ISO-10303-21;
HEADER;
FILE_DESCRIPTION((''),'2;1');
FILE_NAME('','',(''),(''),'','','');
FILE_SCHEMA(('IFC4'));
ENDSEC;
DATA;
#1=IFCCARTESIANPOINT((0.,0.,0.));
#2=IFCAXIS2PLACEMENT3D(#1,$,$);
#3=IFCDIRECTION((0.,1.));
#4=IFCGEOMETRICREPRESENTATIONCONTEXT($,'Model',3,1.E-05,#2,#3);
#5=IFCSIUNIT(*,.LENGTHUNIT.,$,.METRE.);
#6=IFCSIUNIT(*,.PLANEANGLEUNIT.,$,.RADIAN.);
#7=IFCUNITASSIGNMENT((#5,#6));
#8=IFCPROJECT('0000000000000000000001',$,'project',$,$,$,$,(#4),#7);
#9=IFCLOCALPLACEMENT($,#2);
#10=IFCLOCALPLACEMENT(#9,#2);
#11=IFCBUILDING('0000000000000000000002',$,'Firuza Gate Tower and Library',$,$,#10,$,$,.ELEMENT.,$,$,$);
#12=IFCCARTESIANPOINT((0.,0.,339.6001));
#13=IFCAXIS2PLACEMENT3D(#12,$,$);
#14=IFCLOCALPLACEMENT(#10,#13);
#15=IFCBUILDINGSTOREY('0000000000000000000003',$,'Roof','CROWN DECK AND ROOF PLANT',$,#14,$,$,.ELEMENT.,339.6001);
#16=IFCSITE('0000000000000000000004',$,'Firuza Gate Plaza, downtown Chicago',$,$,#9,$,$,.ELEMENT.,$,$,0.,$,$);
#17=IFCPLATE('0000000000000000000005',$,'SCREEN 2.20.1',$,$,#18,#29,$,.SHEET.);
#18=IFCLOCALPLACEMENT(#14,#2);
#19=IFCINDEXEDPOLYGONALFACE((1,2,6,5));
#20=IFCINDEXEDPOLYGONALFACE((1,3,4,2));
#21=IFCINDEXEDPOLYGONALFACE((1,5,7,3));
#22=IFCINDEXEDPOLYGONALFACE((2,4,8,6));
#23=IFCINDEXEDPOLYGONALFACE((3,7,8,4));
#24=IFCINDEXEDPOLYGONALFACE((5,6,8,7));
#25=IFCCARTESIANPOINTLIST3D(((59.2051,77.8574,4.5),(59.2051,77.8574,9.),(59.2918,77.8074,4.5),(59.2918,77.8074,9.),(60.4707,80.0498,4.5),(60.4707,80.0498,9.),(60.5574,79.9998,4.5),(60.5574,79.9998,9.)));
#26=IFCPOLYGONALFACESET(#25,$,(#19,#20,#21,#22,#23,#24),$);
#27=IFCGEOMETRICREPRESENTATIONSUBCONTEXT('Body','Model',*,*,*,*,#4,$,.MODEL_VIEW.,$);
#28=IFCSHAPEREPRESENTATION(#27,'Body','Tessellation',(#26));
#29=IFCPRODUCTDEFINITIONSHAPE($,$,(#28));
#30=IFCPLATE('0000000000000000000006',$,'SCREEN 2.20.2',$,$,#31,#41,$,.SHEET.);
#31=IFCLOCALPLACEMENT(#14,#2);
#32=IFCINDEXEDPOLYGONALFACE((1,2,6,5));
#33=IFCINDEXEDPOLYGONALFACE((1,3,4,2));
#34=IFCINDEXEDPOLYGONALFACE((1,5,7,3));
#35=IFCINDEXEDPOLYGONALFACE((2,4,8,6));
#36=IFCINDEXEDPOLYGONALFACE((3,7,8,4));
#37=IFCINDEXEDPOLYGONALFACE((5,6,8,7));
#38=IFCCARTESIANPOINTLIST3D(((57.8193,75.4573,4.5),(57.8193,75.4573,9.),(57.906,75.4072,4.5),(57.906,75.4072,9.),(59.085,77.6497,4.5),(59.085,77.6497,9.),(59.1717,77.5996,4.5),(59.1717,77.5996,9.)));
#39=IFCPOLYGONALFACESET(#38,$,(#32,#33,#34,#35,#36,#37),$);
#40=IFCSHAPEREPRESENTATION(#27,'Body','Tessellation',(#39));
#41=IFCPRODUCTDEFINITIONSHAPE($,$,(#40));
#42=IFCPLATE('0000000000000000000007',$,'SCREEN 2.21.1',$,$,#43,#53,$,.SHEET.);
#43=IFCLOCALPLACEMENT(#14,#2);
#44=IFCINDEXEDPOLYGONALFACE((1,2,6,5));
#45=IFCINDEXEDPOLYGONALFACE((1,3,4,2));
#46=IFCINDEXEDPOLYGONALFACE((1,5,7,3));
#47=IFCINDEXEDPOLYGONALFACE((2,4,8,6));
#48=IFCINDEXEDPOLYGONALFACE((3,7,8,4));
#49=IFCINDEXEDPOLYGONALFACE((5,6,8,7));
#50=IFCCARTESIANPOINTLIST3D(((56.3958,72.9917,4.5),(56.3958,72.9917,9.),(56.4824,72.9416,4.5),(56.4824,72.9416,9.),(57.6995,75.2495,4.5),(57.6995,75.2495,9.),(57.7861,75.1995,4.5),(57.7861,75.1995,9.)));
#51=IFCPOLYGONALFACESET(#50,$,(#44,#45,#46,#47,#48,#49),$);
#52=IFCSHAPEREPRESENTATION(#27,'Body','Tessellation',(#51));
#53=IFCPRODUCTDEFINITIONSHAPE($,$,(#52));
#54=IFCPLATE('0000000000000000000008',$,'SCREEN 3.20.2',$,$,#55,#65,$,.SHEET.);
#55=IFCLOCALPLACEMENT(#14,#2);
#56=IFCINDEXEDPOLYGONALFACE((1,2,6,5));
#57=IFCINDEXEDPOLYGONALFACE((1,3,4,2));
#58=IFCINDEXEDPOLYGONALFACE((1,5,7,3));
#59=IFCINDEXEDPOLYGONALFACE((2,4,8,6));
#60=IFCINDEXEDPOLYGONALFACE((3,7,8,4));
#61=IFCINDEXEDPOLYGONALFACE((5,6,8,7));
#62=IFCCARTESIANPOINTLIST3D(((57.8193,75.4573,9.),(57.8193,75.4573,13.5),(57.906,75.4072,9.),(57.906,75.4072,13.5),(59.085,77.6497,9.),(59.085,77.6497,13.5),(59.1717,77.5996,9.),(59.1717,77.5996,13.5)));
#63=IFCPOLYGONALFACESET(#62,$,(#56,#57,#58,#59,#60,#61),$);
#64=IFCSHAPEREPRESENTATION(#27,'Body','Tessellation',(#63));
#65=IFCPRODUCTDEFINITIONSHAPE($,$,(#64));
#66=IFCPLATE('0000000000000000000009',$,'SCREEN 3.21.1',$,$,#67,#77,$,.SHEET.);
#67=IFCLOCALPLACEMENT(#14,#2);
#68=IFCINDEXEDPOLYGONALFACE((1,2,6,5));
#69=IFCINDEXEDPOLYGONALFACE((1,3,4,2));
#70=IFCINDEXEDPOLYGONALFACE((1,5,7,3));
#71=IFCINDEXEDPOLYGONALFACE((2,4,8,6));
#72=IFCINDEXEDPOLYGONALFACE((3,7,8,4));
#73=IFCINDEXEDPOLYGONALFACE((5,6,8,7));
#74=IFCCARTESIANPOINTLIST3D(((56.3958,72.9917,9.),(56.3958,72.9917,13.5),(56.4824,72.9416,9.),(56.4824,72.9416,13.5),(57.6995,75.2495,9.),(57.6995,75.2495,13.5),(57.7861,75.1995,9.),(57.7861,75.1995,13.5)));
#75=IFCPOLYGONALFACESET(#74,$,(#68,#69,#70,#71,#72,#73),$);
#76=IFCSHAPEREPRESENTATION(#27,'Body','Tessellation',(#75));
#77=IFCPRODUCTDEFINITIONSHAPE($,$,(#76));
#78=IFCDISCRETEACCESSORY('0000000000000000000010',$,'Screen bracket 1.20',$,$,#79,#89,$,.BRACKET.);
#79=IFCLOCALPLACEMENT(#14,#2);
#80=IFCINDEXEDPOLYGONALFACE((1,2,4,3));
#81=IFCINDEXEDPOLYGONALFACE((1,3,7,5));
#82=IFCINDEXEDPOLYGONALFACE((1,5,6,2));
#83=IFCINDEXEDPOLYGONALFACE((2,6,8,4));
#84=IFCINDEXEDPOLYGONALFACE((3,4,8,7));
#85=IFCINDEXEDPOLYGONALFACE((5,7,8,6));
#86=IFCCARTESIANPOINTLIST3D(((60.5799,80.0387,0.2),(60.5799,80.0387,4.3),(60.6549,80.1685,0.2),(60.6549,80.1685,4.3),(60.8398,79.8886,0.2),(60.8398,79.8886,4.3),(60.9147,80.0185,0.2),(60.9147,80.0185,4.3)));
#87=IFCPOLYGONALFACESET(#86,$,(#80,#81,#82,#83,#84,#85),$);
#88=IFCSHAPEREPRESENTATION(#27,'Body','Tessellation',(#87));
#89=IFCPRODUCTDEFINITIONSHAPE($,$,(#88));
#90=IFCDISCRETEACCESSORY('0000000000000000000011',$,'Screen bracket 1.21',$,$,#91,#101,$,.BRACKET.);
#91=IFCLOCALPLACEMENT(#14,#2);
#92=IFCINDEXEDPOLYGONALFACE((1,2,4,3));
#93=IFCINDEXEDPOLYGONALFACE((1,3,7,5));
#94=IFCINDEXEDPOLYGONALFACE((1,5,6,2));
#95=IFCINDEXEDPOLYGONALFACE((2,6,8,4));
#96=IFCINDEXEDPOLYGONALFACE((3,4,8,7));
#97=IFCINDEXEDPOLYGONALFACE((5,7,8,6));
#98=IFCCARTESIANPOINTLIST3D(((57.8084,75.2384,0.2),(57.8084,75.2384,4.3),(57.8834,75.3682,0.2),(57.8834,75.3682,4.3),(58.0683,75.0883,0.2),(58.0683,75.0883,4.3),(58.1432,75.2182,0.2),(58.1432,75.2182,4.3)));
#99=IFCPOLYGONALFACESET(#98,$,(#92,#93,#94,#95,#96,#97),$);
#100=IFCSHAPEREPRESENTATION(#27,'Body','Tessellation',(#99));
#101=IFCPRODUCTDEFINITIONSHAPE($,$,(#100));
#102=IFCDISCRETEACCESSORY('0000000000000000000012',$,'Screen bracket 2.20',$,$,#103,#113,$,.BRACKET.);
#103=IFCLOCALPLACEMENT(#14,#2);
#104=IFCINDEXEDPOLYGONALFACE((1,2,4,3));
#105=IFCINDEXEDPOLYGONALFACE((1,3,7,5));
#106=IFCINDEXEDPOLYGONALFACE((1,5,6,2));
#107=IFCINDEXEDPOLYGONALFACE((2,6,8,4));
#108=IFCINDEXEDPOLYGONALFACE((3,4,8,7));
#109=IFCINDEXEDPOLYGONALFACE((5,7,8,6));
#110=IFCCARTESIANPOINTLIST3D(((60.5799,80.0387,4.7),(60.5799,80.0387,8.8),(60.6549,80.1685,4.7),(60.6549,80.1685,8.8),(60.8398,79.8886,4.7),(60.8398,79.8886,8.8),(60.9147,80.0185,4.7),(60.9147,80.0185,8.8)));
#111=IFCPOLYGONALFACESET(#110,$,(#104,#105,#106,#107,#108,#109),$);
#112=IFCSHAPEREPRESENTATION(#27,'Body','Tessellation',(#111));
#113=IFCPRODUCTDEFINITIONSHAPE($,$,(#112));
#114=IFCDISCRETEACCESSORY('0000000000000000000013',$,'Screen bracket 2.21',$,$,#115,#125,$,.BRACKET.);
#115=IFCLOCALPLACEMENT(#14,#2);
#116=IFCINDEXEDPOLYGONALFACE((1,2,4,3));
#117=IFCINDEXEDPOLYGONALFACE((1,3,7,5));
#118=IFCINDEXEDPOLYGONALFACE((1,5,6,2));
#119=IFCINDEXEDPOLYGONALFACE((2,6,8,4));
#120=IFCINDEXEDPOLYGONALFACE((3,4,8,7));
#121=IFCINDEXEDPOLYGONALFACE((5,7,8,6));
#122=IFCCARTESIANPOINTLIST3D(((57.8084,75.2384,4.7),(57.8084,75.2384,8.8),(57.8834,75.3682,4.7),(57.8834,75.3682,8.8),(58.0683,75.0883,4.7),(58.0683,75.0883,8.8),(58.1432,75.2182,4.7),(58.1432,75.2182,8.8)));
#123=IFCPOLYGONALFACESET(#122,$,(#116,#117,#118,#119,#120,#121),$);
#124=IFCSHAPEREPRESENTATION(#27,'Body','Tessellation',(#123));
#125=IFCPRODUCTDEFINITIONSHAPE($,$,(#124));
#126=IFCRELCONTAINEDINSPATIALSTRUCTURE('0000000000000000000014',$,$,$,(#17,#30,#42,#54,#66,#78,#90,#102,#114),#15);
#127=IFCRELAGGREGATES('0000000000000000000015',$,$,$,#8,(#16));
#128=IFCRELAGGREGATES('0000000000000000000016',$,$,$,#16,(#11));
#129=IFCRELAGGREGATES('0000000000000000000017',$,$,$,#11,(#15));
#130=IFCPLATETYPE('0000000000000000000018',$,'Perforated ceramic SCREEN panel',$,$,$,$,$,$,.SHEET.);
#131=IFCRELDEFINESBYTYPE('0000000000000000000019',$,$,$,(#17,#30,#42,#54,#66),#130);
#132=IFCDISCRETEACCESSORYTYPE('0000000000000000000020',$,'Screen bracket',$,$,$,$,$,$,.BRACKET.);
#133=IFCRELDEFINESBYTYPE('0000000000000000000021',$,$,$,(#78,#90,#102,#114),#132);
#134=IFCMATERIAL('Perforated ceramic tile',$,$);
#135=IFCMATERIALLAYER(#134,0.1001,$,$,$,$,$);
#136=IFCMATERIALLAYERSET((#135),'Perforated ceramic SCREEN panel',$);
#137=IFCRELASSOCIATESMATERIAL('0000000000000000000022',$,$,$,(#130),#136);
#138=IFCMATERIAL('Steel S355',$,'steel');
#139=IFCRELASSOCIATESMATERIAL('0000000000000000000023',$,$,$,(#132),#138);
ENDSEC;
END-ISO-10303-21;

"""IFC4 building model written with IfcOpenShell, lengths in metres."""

from ifc_helpers import new_model, si_unit, direction, frame, origin, origin_2d, place, context, subcontext, project, spatial, polyline, rectangle, outline, extrude, material, layer, layer_set, type_object, element, save


model = new_model("IFC4")

# Units and contexts
model_context = context("Model", 3, precision=1e-05, world=origin(), true_north=direction((0.0, 1.0)))
body_context = subcontext(model_context, "Body", "Model", "MODEL_VIEW")
ifc_project = project(units=[si_unit("LENGTHUNIT", "METRE"), si_unit("PLANEANGLEUNIT", "RADIAN")], contexts=[model_context])

# Site, building, storey
site_placement = place(None, origin())
site = spatial("IfcSite", under=ifc_project, at=site_placement, Name="Firuza Gate Plaza, downtown Chicago", CompositionType="ELEMENT", RefElevation=0.0)
building_placement = place(site_placement, origin())
building = spatial("IfcBuilding", under=site, at=building_placement, Name="Firuza Gate Tower and Library", CompositionType="ELEMENT")
storey_placement = place(building_placement, frame((0.0, 0.0, 339.6001)))
storey = spatial("IfcBuildingStorey", under=building, at=storey_placement, Name="Roof", Description="CROWN DECK AND ROOF PLANT", CompositionType="ELEMENT", Elevation=339.6001)

# Plates
ifc_material_1 = material(Name="Perforated ceramic tile")
ifc_layer = layer(ifc_material_1, 0.1001)
ifc_layer_set = layer_set([ifc_layer], Name="Perforated ceramic SCREEN panel")
plate_type = type_object("IfcPlateType", Name="Perforated ceramic SCREEN panel", PredefinedType="SHEET", material=ifc_layer_set)
for number, where, z_axis, x_axis, name in (
    (1, (60.4707, 80.0498, 4.5), (-0.866051, 0.499956, 0.0), (-0.499956, -0.866051, 0.0), "SCREEN 2.20.1"),
    (2, (59.085, 77.6497, 4.5), (-0.866051, 0.499956, 0.0), (-0.499956, -0.866051, 0.0), "SCREEN 2.20.2"),
):
    element("IfcPlate", number, at=place(storey_placement, frame(where, z_axis=z_axis, x_axis=x_axis)), inside=storey, type_object=plate_type, Name=name, PredefinedType="SHEET", context=body_context, shape_type="SweptSolid", body=[
        extrude(outline(polyline([(0.0, 0.0), (2.5315, 0.0), (2.5315, 4.5), (0.0, 4.5), (0.0, 0.0)])), origin(), (0.0, 0.0, -1.0), 0.1001),
    ])
plate_1_placement = place(storey_placement, frame((57.6995, 75.2495, 4.5), z_axis=(-0.865998, 0.500047, 0.0), x_axis=(-0.500047, -0.865998, 0.0)))
element("IfcPlate", 3, at=plate_1_placement, inside=storey, type_object=plate_type, Name="SCREEN 2.21.1", PredefinedType="SHEET", context=body_context, shape_type="SweptSolid", body=[
    extrude(outline(polyline([(0.0, 0.0), (2.6072, 0.0), (2.6072, 4.5), (0.0, 4.5), (0.0, 0.0)])), origin(), (0.0, 0.0, -1.0), 0.1001),
])
plate_2_placement = place(storey_placement, frame((59.085, 77.6497, 9.0), z_axis=(-0.866051, 0.499956, 0.0), x_axis=(-0.499956, -0.866051, 0.0)))
element("IfcPlate", 4, at=plate_2_placement, inside=storey, type_object=plate_type, Name="SCREEN 3.20.2", PredefinedType="SHEET", context=body_context, shape_type="SweptSolid", body=[
    extrude(outline(polyline([(0.0, 0.0), (2.5315, 0.0), (2.5315, 4.5), (0.0, 4.5), (0.0, 0.0)])), origin(), (0.0, 0.0, -1.0), 0.1001),
])
plate_3_placement = place(storey_placement, frame((57.6995, 75.2495, 9.0), z_axis=(-0.865998, 0.500047, 0.0), x_axis=(-0.500047, -0.865998, 0.0)))
element("IfcPlate", 5, at=plate_3_placement, inside=storey, type_object=plate_type, Name="SCREEN 3.21.1", PredefinedType="SHEET", context=body_context, shape_type="SweptSolid", body=[
    extrude(outline(polyline([(0.0, 0.0), (2.6072, 0.0), (2.6072, 4.5), (0.0, 4.5), (0.0, 0.0)])), origin(), (0.0, 0.0, -1.0), 0.1001),
])

# Discrete accessories
ifc_material_2 = material(Name="Steel S355", Category="steel")
discrete_accessory_type = type_object("IfcDiscreteAccessoryType", Name="Screen bracket", PredefinedType="BRACKET", material=ifc_material_2)
for number, where, z_axis, x_axis, name in (
    (6, (60.7473, 80.0286, 0.2), (0.0, 0.0, 1.0), (-0.866025, 0.5, 0.0), "Screen bracket 1.20"),
    (7, (57.9758, 75.2283, 0.2), (0.0, 0.0, 1.0), (-0.866025, 0.5, 0.0), "Screen bracket 1.21"),
    (8, (60.7473, 80.0286, 4.7), (0.0, 0.0, 1.0), (-0.866025, 0.5, 0.0), "Screen bracket 2.20"),
    (9, (57.9758, 75.2283, 4.7), (0.0, 0.0, 1.0), (-0.866025, 0.5, 0.0), "Screen bracket 2.21"),
):
    element("IfcDiscreteAccessory", number, at=place(storey_placement, frame(where, z_axis=z_axis, x_axis=x_axis)), inside=storey, type_object=discrete_accessory_type, Name=name, PredefinedType="BRACKET", context=body_context, shape_type="SweptSolid", body=[
        extrude(rectangle(XDim=0.3, YDim=0.1499, at=origin_2d()), origin(), (0.0, 0.0, 1.0), 4.1001),
    ])

save(model, "model.ifc")
